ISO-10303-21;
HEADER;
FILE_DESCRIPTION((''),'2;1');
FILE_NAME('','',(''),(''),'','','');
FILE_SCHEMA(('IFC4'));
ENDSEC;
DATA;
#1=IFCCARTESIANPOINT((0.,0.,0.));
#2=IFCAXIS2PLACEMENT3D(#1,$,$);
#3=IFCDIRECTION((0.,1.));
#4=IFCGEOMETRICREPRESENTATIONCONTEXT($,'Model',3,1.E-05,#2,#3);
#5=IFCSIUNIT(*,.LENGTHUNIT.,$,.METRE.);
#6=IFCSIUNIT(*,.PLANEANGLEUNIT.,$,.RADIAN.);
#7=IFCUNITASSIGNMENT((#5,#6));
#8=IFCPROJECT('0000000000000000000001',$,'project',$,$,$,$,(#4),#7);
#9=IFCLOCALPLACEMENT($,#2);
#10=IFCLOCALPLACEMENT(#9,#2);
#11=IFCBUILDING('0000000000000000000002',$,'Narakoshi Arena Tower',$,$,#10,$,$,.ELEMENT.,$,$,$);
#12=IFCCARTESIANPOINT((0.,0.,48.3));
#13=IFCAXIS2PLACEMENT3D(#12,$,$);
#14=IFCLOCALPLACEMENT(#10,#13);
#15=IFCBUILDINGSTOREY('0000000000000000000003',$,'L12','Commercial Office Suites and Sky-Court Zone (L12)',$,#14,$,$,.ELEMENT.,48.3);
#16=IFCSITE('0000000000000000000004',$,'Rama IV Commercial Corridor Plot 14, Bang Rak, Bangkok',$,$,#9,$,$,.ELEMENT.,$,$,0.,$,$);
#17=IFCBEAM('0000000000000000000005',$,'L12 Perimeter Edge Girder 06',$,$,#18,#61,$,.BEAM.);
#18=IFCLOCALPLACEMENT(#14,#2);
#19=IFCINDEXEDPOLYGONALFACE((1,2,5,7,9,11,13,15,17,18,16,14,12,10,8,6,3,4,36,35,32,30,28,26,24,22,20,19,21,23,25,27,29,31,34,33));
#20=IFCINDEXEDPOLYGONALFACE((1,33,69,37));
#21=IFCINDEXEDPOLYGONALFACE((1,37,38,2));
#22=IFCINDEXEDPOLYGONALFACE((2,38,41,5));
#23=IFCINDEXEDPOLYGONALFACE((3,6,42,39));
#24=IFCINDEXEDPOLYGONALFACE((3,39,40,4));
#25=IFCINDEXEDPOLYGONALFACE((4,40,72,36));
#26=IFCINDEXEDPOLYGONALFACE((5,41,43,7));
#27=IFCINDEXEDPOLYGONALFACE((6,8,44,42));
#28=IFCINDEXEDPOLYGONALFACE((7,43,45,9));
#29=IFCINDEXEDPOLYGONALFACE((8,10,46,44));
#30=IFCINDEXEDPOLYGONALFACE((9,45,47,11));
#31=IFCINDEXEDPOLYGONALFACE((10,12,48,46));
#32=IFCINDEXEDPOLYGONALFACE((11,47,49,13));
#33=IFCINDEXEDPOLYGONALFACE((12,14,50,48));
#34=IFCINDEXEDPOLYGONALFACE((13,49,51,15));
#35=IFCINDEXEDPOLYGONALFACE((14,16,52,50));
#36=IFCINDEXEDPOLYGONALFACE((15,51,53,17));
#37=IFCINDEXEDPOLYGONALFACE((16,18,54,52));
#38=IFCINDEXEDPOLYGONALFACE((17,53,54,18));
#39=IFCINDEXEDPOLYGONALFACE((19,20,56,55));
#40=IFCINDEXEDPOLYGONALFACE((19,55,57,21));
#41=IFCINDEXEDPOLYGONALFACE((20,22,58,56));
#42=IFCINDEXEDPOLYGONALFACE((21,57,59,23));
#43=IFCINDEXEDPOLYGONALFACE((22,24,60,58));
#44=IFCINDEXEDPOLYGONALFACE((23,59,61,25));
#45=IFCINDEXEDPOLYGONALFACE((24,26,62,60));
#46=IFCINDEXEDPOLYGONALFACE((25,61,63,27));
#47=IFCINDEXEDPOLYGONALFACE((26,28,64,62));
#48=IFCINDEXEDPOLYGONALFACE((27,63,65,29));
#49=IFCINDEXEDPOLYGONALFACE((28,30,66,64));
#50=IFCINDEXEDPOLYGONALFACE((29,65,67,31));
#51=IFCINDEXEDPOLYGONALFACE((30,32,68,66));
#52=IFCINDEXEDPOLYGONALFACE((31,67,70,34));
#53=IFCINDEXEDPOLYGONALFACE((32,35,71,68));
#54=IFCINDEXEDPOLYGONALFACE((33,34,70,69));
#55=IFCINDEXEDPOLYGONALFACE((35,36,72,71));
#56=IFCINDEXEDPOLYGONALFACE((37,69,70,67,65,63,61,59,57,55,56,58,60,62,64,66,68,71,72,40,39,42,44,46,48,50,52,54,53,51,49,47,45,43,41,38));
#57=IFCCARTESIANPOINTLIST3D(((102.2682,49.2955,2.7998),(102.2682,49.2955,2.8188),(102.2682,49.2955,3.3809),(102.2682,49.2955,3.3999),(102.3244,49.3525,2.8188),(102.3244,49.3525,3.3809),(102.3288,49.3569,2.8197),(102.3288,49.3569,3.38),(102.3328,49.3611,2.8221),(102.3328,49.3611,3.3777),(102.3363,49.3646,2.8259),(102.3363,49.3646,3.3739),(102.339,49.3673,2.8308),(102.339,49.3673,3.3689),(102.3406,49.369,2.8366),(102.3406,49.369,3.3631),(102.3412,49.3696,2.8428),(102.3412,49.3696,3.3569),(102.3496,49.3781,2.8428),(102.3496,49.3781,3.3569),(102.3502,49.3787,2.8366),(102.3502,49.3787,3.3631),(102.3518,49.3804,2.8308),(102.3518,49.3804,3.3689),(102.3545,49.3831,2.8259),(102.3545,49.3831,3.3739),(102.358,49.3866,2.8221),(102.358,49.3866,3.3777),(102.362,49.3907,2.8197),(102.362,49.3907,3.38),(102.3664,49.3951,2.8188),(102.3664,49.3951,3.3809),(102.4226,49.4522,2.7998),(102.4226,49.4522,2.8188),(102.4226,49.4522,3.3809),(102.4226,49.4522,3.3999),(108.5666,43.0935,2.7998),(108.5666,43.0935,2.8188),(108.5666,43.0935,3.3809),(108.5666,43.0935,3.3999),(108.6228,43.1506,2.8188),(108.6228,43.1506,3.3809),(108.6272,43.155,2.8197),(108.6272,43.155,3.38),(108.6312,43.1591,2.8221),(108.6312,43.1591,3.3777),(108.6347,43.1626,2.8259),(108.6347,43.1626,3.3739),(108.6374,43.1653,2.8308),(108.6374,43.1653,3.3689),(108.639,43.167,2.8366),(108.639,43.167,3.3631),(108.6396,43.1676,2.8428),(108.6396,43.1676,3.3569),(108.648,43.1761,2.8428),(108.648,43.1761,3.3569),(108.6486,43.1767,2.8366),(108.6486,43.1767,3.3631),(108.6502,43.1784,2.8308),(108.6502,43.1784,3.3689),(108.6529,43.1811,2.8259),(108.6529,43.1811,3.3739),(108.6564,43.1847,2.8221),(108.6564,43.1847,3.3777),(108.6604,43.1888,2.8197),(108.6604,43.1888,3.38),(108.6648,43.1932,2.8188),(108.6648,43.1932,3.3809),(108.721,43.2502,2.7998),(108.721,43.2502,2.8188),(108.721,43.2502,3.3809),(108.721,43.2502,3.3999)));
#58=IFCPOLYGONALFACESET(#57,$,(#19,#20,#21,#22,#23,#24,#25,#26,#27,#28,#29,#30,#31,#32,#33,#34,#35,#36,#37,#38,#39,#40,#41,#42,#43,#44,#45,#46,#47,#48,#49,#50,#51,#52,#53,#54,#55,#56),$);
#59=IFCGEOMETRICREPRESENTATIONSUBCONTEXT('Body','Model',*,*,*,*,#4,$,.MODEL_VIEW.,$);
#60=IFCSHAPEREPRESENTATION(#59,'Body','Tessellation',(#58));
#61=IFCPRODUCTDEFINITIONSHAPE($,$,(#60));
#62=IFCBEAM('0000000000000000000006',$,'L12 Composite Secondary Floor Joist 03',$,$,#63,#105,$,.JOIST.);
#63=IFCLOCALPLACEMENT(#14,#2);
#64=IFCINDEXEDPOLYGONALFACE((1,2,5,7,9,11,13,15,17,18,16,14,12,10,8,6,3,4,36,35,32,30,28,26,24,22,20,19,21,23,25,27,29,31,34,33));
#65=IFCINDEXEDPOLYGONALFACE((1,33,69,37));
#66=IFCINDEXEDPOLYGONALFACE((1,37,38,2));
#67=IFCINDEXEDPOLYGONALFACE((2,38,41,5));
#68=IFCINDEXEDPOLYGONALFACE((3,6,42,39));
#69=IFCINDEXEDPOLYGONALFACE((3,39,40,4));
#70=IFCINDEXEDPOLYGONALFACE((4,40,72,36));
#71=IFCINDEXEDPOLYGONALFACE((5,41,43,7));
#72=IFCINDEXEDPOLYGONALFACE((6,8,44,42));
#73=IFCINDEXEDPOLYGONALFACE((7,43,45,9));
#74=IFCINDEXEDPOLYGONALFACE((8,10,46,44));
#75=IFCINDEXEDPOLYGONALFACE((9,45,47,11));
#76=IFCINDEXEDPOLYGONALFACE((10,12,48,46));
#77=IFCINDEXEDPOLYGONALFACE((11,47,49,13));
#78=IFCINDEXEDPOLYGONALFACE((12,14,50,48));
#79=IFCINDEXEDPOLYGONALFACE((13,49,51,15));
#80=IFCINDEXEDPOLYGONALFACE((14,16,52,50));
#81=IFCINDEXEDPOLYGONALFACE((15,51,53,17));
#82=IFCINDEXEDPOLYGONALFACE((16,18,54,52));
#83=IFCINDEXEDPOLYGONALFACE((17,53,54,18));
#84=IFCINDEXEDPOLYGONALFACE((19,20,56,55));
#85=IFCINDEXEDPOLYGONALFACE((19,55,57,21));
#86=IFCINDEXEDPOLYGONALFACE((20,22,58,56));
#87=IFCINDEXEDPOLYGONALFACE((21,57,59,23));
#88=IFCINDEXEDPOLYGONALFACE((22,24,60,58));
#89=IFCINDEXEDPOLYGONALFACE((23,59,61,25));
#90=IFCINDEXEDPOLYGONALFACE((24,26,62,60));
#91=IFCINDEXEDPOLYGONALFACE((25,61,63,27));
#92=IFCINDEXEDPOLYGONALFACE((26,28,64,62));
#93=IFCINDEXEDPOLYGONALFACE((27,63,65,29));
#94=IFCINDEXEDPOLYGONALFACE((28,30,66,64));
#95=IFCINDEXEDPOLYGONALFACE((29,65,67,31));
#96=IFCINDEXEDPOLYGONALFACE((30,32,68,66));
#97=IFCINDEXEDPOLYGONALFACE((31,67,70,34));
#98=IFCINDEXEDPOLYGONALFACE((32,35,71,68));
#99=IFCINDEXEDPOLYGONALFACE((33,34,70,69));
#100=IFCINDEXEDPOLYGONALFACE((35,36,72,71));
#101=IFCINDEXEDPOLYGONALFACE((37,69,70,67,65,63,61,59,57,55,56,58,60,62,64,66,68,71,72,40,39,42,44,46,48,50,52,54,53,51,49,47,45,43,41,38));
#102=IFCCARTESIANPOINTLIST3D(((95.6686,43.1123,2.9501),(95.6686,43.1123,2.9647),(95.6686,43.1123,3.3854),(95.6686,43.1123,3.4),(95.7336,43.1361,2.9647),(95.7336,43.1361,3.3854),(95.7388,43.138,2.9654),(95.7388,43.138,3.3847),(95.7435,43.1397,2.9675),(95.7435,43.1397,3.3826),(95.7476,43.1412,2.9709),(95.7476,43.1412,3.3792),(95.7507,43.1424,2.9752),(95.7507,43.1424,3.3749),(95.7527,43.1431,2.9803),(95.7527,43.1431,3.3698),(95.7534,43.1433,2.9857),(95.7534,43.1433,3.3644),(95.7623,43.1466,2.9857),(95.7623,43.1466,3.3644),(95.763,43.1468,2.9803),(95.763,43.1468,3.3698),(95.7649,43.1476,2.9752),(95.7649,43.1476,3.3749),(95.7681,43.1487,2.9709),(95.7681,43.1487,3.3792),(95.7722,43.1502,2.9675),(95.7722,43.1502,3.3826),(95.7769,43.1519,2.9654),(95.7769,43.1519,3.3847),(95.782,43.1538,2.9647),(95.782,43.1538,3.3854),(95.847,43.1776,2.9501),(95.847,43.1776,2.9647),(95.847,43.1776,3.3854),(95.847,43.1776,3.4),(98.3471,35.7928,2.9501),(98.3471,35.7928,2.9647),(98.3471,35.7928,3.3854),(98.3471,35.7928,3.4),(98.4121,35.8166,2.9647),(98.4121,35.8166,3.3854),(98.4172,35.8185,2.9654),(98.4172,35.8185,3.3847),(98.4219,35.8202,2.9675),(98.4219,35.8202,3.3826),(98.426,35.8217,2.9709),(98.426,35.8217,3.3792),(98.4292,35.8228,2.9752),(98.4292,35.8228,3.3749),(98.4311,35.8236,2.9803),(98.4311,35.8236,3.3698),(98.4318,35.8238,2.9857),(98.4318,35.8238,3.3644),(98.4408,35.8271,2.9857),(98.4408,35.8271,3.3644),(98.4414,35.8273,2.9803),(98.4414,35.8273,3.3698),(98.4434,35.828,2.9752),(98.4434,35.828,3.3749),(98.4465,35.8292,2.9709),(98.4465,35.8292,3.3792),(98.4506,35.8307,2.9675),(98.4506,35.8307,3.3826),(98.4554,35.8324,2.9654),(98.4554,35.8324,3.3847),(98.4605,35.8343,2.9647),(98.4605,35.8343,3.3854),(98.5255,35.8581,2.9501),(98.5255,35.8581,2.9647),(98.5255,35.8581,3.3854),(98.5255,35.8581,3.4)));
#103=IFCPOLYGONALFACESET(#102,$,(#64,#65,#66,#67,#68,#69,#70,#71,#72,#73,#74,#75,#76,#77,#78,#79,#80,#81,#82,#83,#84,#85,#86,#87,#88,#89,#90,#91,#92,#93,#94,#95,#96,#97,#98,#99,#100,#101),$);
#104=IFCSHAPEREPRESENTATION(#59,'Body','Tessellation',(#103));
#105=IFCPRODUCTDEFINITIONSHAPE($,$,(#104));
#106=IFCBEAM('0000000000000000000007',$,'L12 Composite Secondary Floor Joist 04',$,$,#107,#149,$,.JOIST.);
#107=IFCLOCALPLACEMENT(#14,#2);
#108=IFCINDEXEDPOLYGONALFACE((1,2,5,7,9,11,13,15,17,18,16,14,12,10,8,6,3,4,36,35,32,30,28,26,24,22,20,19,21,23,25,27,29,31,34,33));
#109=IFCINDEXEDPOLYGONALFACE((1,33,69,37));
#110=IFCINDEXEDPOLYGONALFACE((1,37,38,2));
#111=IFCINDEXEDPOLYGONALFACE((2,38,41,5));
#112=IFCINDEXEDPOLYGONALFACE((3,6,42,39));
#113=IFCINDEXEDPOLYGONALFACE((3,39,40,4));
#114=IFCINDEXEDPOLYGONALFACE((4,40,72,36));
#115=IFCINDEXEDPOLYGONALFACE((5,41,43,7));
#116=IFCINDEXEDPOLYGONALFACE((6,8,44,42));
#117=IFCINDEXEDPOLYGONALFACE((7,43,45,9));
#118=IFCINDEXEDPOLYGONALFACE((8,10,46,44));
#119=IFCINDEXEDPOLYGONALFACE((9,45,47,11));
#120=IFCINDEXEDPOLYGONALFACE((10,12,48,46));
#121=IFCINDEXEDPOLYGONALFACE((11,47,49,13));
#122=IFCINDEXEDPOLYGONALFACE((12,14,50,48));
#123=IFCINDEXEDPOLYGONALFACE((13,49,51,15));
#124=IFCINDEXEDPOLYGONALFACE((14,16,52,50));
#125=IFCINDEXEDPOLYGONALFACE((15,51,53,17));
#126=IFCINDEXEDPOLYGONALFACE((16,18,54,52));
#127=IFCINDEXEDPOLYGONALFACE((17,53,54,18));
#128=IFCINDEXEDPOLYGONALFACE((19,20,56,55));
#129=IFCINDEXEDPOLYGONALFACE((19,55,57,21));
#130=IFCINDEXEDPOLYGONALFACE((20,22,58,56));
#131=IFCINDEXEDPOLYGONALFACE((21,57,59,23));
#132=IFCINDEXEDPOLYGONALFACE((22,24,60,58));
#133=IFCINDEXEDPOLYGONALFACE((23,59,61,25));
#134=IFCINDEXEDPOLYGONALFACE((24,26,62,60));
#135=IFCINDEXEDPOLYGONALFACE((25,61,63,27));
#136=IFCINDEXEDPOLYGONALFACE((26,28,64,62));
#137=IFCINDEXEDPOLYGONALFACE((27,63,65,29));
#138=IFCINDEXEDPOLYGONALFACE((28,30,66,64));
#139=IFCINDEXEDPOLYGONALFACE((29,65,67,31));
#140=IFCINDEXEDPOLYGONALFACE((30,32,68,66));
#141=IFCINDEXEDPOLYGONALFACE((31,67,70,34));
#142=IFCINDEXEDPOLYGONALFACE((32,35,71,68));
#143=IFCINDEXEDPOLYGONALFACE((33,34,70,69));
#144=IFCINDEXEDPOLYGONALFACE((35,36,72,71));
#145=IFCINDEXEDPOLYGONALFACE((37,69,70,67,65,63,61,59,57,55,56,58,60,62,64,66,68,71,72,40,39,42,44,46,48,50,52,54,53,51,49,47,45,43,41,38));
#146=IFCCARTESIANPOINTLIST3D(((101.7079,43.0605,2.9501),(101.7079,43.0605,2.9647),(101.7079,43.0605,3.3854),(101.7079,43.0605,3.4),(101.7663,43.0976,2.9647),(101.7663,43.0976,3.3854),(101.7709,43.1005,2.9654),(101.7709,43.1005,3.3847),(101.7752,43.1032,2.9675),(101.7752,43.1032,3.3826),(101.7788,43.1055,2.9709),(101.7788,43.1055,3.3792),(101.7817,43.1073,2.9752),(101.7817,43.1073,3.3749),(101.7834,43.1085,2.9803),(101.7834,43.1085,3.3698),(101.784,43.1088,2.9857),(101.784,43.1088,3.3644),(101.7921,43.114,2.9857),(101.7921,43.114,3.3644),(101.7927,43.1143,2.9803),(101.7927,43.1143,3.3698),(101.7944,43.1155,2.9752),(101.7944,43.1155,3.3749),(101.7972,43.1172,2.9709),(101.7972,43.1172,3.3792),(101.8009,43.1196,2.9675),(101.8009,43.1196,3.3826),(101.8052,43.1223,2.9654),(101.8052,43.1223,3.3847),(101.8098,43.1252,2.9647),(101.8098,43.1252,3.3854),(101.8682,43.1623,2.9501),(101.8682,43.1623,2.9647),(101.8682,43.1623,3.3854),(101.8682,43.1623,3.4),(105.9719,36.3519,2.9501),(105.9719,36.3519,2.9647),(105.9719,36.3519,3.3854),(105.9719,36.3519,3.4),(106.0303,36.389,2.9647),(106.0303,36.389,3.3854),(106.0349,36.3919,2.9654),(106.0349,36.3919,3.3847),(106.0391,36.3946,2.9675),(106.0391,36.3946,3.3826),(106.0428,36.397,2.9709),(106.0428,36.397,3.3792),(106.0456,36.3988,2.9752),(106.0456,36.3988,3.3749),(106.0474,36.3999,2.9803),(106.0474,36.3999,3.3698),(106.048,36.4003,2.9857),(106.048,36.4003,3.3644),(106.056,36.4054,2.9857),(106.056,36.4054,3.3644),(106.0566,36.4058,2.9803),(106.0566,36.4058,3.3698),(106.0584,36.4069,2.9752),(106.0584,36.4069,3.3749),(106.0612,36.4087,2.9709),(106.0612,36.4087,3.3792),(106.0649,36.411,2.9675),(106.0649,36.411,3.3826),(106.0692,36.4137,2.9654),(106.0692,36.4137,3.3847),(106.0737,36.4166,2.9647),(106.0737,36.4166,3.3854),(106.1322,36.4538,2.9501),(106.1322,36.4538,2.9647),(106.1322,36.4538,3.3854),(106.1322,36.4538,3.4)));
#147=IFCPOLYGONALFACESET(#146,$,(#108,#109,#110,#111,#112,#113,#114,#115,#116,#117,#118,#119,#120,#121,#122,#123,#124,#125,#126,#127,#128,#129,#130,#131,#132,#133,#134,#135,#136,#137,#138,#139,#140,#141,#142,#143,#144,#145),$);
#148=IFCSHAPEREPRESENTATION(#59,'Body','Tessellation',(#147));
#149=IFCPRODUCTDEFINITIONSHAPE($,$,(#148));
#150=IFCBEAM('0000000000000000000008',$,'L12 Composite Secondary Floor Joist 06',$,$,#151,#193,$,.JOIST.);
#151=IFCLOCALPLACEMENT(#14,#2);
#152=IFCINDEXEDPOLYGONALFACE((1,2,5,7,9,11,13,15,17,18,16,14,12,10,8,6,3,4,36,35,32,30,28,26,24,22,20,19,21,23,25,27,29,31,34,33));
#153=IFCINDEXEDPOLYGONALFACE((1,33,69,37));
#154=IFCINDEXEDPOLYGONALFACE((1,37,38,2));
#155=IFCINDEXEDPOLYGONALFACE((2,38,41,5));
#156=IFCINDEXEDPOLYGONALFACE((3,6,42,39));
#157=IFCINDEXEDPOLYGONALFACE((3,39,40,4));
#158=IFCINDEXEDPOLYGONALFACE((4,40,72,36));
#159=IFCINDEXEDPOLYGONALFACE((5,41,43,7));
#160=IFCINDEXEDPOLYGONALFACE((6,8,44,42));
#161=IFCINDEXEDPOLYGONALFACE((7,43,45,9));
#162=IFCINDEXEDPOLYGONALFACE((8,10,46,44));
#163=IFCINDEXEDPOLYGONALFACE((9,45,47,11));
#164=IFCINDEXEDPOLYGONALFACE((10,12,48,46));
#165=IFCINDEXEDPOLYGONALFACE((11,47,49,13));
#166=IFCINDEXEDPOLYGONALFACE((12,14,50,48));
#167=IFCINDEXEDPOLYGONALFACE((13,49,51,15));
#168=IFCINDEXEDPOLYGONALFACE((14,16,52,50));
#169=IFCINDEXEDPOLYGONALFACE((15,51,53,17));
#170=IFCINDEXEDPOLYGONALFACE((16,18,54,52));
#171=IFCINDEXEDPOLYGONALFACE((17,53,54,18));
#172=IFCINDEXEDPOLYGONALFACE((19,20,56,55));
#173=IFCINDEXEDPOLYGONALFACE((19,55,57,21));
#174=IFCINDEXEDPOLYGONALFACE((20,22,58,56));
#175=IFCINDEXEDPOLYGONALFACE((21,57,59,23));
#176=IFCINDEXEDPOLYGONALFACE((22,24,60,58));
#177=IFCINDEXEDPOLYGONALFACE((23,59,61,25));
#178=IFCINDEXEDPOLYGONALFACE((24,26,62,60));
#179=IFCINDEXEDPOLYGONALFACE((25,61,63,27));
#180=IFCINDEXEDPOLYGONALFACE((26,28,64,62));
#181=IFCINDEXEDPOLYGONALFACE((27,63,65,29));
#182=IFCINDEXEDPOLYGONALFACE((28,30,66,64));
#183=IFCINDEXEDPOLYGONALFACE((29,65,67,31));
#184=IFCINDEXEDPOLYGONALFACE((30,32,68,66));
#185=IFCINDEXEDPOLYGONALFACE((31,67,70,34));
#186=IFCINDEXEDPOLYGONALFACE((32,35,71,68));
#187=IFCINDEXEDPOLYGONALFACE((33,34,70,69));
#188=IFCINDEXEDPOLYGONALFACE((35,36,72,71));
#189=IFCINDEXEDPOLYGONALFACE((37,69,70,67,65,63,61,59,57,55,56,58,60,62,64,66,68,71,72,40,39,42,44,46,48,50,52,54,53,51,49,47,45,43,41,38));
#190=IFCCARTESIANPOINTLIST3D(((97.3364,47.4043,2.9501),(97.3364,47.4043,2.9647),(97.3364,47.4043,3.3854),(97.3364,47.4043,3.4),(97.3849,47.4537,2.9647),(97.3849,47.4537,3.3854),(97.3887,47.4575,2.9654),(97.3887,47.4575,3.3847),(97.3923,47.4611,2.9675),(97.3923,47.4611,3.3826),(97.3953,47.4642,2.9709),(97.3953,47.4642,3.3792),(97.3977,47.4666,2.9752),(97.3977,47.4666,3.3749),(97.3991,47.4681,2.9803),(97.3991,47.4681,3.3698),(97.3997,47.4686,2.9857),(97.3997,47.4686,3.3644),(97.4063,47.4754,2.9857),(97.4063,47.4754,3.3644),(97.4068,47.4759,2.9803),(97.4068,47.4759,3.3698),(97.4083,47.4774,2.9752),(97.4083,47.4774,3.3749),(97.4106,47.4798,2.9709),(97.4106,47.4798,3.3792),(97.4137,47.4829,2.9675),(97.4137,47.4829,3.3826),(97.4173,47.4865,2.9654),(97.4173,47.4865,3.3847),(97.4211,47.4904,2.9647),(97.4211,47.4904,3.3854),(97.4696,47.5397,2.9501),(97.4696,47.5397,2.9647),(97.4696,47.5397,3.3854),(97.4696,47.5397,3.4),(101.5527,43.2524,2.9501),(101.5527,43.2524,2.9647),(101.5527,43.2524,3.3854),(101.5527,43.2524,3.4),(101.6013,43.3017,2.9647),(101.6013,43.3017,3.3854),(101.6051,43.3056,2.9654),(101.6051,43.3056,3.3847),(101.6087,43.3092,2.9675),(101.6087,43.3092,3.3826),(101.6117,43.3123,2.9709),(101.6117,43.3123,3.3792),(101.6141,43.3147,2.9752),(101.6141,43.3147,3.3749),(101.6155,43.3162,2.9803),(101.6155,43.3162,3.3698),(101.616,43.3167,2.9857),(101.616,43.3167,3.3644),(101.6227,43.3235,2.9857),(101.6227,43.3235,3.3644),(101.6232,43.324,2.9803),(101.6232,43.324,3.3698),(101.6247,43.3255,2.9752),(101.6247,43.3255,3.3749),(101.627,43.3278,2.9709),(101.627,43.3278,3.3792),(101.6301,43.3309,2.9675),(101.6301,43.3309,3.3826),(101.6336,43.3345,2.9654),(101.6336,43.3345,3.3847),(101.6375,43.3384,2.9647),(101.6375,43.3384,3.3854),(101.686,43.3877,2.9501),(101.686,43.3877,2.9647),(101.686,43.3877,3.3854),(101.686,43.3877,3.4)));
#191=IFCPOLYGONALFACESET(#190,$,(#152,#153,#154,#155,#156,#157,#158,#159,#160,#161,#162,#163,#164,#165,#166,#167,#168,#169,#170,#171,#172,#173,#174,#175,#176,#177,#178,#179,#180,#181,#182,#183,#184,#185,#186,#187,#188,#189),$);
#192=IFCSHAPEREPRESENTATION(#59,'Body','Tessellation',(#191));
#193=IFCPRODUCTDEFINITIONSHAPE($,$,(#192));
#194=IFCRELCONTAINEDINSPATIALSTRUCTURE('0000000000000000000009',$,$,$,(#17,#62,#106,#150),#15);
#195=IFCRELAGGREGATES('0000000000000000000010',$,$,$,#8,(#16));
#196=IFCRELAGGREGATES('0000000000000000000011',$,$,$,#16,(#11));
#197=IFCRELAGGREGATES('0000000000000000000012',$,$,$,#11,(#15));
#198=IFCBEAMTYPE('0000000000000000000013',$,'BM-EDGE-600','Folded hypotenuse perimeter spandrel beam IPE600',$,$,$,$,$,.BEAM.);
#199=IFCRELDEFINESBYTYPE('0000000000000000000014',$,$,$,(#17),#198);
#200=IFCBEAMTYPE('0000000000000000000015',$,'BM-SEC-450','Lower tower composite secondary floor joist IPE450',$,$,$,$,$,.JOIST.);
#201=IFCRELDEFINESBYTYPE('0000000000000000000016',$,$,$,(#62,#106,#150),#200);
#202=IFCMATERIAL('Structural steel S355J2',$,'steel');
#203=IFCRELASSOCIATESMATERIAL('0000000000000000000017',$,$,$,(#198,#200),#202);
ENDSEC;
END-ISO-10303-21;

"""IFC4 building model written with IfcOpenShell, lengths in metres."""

from ifc_helpers import new_model, si_unit, direction, frame, origin, origin_2d, place, context, subcontext, project, spatial, i_section, extrude, material, material_profile, profile_set, type_object, element, save


model = new_model("IFC4")

# Units and contexts
model_context = context("Model", 3, precision=1e-05, world=origin(), true_north=direction((0.0, 1.0)))
body_context = subcontext(model_context, "Body", "Model", "MODEL_VIEW")
ifc_project = project(units=[si_unit("LENGTHUNIT", "METRE"), si_unit("PLANEANGLEUNIT", "RADIAN")], contexts=[model_context])

# Site, building, storey
site_placement = place(None, origin())
site = spatial("IfcSite", under=ifc_project, at=site_placement, Name="Rama IV Commercial Corridor Plot 14, Bang Rak, Bangkok", CompositionType="ELEMENT", RefElevation=0.0)
building_placement = place(site_placement, origin())
building = spatial("IfcBuilding", under=site, at=building_placement, Name="Narakoshi Arena Tower", CompositionType="ELEMENT")
storey_placement = place(building_placement, frame((0.0, 0.0, 48.3)))
storey = spatial("IfcBuildingStorey", under=building, at=storey_placement, Name="L12", Description="Commercial Office Suites and Sky-Court Zone (L12)", CompositionType="ELEMENT", Elevation=48.3)

# Beams
ifc_material_1 = material(Name="Structural steel S355J2", Category="steel")
ifc_material_profile_1 = material_profile(ifc_material_1, i_section(OverallWidth=0.22, OverallDepth=0.6001, WebThickness=0.012, FlangeThickness=0.019, FilletRadius=0.0239, at=origin_2d()), Name="IPE600")
ifc_profile_set_1 = profile_set([ifc_material_profile_1], Name="Structural steel S355J2")
beam_type_1 = type_object("IfcBeamType", Name="BM-EDGE-600", Description="Folded hypotenuse perimeter spandrel beam IPE600", PredefinedType="BEAM", material=ifc_profile_set_1)
for number, where, z_axis, x_axis, name in (
    (1, (108.6438, 43.1719, 3.0999), (-0.712541, 0.701631, 0.0), (-0.701631, -0.712541, 0.0), "L12 Perimeter Edge Girder 06"),
):
    element("IfcBeam", number, at=place(storey_placement, frame(where, z_axis=z_axis, x_axis=x_axis)), inside=storey, type_object=beam_type_1, Name=name, PredefinedType="BEAM", context=body_context, shape_type="SweptSolid", body=[
        extrude(i_section(OverallWidth=0.22, OverallDepth=0.6001, WebThickness=0.012, FlangeThickness=0.019, FilletRadius=0.0239, at=origin_2d()), origin(), (0.0, 0.0, 1.0), 8.8394),
    ])
ifc_material_profile_2 = material_profile(ifc_material_1, i_section(OverallWidth=0.1899, OverallDepth=0.45, WebThickness=0.0095, FlangeThickness=0.0146, FilletRadius=0.021, at=origin_2d()), Name="IPE450")
ifc_profile_set_2 = profile_set([ifc_material_profile_2], Name="Structural steel S355J2")
beam_type_2 = type_object("IfcBeamType", Name="BM-SEC-450", Description="Lower tower composite secondary floor joist IPE450", PredefinedType="JOIST", material=ifc_profile_set_2)
beam_1_placement = place(storey_placement, frame((98.4363, 35.8254, 3.175), z_axis=(-0.343646, 0.939099, 0.0), x_axis=(-0.939099, -0.343646, 0.0)))
element("IfcBeam", 2, at=beam_1_placement, inside=storey, type_object=beam_type_2, Name="L12 Composite Secondary Floor Joist 03", PredefinedType="JOIST", context=body_context, shape_type="SweptSolid", body=[
    extrude(i_section(OverallWidth=0.1899, OverallDepth=0.45, WebThickness=0.0095, FlangeThickness=0.0146, FilletRadius=0.021, at=origin_2d()), origin(), (0.0, 0.0, 1.0), 7.7942),
])
beam_2_placement = place(storey_placement, frame((106.052, 36.4028, 3.175), z_axis=(-0.536416, 0.843954, 0.0), x_axis=(-0.843954, -0.536416, 0.0)))
element("IfcBeam", 3, at=beam_2_placement, inside=storey, type_object=beam_type_2, Name="L12 Composite Secondary Floor Joist 04", PredefinedType="JOIST", context=body_context, shape_type="SweptSolid", body=[
    extrude(i_section(OverallWidth=0.1899, OverallDepth=0.45, WebThickness=0.0095, FlangeThickness=0.0146, FilletRadius=0.021, at=origin_2d()), origin(), (0.0, 0.0, 1.0), 7.949),
])
beam_3_placement = place(storey_placement, frame((101.6194, 43.3201, 3.175), z_axis=(-0.712532, 0.70164, 0.0), x_axis=(-0.70164, -0.712532, 0.0)))
element("IfcBeam", 4, at=beam_3_placement, inside=storey, type_object=beam_type_2, Name="L12 Composite Secondary Floor Joist 06", PredefinedType="JOIST", context=body_context, shape_type="SweptSolid", body=[
    extrude(i_section(OverallWidth=0.1899, OverallDepth=0.45, WebThickness=0.0095, FlangeThickness=0.0146, FilletRadius=0.021, at=origin_2d()), origin(), (0.0, 0.0, 1.0), 5.9175),
])

save(model, "model.ifc")
